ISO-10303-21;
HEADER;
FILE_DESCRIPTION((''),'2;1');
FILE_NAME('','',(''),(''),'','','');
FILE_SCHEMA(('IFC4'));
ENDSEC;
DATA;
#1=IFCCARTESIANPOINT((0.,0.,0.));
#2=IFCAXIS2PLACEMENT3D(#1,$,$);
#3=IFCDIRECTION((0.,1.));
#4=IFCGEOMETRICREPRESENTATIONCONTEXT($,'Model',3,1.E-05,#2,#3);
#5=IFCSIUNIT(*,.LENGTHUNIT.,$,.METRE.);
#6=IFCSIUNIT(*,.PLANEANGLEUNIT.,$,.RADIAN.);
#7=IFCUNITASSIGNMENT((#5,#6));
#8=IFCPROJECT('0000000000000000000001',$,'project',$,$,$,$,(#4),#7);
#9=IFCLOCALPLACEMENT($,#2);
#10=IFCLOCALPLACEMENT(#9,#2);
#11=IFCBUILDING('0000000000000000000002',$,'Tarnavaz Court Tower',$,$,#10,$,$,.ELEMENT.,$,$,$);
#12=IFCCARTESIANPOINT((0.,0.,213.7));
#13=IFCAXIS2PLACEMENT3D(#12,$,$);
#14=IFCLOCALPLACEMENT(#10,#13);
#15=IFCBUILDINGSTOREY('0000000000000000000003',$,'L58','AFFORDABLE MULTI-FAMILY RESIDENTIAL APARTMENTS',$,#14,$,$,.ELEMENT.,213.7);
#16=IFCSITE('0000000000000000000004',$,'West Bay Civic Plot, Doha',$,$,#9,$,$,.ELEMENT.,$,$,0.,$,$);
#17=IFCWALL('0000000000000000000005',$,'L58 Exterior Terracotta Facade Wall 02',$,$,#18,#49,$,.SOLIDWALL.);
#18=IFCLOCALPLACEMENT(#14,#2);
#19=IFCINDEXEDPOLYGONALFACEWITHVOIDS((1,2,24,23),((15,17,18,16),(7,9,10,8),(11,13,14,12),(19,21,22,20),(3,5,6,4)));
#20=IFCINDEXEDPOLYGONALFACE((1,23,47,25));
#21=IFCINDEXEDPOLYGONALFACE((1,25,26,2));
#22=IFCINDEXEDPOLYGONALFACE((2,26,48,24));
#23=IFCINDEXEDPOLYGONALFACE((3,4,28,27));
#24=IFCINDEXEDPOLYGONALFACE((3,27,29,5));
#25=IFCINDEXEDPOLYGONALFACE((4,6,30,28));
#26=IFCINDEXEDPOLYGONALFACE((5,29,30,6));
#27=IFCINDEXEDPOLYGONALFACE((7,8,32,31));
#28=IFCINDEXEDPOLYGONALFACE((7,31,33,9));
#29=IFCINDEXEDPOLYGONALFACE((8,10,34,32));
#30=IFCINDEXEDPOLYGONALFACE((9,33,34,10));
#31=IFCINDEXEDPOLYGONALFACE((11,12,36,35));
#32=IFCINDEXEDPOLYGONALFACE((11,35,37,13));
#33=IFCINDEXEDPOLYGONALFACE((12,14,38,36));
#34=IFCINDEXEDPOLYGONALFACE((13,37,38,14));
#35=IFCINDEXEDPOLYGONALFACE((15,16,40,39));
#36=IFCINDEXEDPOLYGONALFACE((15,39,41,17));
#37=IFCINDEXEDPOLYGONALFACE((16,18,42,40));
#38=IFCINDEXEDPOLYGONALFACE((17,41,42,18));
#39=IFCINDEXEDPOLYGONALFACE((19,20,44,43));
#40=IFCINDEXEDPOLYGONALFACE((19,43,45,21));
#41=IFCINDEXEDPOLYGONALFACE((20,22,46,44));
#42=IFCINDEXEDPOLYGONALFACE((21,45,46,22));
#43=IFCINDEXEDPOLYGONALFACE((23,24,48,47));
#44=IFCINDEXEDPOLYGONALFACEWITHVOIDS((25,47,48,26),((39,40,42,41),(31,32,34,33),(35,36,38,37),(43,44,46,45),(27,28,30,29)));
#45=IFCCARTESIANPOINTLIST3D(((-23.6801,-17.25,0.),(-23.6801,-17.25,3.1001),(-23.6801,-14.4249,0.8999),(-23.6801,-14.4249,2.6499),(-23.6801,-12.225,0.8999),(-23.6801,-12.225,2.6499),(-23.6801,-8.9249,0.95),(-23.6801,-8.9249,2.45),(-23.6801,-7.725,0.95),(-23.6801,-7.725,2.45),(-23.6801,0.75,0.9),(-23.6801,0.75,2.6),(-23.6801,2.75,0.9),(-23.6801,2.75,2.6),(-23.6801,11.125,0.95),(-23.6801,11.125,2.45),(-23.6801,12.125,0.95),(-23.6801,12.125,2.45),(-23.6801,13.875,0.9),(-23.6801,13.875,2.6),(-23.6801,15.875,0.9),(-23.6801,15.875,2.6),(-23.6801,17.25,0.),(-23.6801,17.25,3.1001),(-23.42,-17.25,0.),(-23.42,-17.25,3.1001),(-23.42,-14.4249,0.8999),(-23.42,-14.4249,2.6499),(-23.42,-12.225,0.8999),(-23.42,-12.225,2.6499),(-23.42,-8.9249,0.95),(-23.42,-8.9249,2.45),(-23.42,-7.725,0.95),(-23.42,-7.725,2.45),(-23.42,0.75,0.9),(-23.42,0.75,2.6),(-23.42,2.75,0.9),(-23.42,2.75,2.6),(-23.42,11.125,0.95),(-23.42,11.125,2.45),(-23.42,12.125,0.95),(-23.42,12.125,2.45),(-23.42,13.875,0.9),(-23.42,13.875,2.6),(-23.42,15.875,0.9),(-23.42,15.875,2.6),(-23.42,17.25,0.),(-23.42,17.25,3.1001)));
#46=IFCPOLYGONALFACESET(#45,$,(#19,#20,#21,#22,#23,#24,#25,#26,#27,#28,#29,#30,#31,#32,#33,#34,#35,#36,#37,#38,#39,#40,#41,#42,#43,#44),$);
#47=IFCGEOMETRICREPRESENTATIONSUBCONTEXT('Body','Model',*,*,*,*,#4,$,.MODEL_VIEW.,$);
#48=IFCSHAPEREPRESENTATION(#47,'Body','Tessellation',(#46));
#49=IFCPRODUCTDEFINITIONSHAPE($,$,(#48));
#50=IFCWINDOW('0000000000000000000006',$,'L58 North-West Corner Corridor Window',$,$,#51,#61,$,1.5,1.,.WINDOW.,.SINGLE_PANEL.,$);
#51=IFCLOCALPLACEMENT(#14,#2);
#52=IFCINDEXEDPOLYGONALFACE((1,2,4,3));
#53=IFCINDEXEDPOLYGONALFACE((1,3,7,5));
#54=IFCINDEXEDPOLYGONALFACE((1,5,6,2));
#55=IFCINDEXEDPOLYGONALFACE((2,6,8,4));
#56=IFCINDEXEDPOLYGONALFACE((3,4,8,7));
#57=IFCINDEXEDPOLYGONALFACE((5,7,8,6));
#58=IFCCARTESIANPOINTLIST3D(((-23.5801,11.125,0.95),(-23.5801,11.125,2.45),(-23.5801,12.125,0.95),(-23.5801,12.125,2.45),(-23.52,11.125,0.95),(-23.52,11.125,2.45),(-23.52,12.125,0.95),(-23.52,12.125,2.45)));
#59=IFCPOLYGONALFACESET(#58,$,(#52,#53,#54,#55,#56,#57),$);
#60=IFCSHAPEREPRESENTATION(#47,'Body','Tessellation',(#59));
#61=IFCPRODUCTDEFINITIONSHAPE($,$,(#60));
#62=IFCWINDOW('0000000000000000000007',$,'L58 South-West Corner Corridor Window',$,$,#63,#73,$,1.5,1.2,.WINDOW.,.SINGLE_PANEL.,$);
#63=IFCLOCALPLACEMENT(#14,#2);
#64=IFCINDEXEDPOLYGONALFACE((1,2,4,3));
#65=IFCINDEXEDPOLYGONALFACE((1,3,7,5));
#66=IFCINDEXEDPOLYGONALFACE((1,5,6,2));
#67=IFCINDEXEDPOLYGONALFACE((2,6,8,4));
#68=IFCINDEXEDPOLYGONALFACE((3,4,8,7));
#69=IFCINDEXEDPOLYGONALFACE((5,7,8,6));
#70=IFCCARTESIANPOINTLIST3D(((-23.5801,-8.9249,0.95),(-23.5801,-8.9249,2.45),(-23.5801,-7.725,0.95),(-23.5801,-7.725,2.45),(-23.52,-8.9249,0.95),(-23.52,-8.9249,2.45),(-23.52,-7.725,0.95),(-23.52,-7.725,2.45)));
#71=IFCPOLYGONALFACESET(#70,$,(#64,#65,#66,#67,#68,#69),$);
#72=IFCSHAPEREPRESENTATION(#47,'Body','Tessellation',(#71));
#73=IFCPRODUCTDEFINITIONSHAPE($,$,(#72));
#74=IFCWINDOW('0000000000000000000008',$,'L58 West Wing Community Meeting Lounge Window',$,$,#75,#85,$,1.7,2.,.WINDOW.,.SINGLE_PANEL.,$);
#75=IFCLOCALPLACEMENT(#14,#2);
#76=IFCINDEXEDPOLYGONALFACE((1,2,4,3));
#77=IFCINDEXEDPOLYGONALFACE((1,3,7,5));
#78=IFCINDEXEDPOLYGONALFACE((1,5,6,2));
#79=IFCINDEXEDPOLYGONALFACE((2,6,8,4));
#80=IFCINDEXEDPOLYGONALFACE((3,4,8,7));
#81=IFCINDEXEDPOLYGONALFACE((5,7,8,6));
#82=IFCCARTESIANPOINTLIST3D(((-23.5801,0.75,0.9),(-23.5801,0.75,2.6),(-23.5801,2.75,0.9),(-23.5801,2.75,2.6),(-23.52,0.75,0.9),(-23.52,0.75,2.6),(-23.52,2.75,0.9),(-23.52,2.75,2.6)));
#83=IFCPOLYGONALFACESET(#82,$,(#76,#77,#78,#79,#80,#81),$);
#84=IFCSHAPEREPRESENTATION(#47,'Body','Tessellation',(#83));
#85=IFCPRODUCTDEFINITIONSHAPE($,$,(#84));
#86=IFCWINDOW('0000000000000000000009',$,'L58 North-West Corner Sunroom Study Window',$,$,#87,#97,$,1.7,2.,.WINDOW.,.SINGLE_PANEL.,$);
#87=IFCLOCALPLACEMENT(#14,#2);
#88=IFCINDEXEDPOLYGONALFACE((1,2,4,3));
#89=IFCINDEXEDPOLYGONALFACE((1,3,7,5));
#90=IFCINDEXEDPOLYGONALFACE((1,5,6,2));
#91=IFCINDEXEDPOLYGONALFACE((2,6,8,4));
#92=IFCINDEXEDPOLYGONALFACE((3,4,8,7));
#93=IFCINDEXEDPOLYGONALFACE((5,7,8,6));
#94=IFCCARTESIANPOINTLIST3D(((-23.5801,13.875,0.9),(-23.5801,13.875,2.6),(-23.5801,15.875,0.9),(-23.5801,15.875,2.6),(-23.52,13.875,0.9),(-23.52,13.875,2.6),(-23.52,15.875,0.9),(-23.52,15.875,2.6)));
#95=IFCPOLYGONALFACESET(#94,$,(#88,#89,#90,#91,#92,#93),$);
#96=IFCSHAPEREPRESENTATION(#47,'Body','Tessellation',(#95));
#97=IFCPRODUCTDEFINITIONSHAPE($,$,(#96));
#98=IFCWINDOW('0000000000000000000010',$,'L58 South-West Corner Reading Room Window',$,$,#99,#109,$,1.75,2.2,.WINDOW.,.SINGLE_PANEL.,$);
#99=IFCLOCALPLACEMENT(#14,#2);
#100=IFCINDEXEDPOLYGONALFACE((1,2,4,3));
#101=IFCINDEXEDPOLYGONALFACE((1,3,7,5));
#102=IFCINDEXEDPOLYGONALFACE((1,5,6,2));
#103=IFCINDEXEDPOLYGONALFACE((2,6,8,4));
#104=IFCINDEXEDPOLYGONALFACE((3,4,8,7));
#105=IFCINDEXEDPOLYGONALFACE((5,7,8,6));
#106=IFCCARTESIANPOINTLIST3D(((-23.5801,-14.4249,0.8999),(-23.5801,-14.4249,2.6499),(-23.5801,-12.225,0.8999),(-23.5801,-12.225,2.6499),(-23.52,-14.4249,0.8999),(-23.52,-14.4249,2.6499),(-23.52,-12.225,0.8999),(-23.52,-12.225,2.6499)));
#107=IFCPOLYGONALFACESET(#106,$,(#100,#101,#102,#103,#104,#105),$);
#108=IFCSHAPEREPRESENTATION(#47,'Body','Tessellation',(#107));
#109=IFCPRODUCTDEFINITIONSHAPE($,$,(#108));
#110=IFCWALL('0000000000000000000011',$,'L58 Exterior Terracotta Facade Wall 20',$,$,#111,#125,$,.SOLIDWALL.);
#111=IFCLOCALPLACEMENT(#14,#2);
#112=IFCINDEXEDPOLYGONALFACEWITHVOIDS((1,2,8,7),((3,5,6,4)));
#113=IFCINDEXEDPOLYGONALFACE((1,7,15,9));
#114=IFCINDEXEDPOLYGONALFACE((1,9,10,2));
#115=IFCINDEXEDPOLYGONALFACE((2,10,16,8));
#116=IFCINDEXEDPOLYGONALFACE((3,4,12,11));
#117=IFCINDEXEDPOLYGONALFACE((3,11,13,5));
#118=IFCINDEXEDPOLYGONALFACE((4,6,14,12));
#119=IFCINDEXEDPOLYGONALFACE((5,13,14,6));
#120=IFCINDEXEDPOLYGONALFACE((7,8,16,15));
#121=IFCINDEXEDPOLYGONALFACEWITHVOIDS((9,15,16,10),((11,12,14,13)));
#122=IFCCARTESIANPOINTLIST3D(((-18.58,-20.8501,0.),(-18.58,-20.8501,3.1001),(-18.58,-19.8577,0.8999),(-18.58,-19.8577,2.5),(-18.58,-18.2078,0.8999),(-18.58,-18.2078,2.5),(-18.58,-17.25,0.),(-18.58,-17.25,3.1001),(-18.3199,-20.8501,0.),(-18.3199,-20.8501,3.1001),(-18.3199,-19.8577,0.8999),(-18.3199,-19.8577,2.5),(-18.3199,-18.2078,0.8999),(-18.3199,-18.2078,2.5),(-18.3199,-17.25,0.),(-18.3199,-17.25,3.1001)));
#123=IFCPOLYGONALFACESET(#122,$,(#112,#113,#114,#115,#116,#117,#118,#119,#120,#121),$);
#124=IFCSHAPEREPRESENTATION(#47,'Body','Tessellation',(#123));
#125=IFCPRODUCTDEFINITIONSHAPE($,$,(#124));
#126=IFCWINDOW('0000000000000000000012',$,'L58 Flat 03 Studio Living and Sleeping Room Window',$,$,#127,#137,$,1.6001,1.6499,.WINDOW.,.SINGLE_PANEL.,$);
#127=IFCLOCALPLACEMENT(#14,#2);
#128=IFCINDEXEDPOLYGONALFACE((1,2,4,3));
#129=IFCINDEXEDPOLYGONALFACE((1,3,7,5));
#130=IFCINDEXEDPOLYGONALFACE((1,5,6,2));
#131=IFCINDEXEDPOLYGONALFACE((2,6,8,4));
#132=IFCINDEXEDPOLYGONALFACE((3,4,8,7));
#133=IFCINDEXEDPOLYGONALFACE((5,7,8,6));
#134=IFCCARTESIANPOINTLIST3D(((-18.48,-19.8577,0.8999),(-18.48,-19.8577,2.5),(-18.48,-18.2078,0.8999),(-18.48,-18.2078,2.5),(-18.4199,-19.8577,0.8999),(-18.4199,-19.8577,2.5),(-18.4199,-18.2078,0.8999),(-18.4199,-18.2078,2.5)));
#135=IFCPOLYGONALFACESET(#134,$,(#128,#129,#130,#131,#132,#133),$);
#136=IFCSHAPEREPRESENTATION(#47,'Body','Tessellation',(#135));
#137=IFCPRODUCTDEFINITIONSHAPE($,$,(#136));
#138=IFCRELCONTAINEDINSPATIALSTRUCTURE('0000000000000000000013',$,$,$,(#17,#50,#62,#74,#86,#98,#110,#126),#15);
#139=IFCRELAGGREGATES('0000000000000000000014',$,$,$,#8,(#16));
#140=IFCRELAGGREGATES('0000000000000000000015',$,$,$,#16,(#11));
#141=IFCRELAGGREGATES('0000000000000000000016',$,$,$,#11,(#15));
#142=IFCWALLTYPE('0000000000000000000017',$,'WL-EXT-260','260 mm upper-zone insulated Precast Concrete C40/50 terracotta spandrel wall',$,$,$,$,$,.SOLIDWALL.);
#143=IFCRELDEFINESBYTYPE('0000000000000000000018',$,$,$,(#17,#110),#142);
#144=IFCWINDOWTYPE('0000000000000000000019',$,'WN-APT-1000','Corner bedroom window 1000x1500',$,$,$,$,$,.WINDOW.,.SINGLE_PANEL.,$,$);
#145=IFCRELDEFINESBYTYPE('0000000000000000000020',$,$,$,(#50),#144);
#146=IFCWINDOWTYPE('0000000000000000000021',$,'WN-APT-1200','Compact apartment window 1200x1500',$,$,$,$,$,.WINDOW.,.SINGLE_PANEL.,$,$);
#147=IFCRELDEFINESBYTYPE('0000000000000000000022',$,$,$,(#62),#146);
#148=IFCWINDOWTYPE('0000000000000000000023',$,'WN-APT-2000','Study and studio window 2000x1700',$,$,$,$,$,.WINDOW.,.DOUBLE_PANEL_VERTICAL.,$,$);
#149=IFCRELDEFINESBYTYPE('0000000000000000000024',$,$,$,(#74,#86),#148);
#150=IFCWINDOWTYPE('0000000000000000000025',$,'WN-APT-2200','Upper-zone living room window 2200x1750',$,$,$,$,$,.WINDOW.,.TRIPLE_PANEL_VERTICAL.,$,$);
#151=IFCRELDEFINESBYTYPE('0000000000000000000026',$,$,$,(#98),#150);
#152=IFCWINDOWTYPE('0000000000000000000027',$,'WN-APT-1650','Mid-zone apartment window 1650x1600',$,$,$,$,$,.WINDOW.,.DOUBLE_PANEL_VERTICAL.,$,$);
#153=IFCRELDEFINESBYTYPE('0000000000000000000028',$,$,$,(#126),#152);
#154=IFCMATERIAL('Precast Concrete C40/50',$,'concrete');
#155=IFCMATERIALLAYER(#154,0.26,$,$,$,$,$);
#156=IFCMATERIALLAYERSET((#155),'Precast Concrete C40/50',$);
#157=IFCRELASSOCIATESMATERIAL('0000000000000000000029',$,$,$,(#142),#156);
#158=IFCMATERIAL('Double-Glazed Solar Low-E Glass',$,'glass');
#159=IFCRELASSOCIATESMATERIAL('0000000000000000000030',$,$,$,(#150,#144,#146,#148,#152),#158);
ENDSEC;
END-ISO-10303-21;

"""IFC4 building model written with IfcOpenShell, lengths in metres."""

from ifc_helpers import new_model, si_unit, direction, frame, frame_2d, origin, place, context, subcontext, project, spatial, rectangle, extrude, material, layer, layer_set, type_object, element, fill, save


model = new_model("IFC4")

# Units and contexts
model_context = context("Model", 3, precision=1e-05, world=origin(), true_north=direction((0.0, 1.0)))
body_context = subcontext(model_context, "Body", "Model", "MODEL_VIEW")
ifc_project = project(units=[si_unit("LENGTHUNIT", "METRE"), si_unit("PLANEANGLEUNIT", "RADIAN")], contexts=[model_context])

# Site, building, storey
site_placement = place(None, origin())
site = spatial("IfcSite", under=ifc_project, at=site_placement, Name="West Bay Civic Plot, Doha", CompositionType="ELEMENT", RefElevation=0.0)
building_placement = place(site_placement, origin())
building = spatial("IfcBuilding", under=site, at=building_placement, Name="Tarnavaz Court Tower", CompositionType="ELEMENT")
storey_placement = place(building_placement, frame((0.0, 0.0, 213.7)))
storey = spatial("IfcBuildingStorey", under=building, at=storey_placement, Name="L58", Description="AFFORDABLE MULTI-FAMILY RESIDENTIAL APARTMENTS", CompositionType="ELEMENT", Elevation=213.7)

# Shared definitions
ifc_material_1 = material(Name="Precast Concrete C40/50", Category="concrete")
ifc_layer_1 = layer(ifc_material_1, 0.26)
ifc_layer_set_1 = layer_set([ifc_layer_1], Name="Precast Concrete C40/50")
wall_type_1 = type_object("IfcWallType", Name="WL-EXT-260", Description="260 mm upper-zone insulated Precast Concrete C40/50 terracotta spandrel wall", PredefinedType="SOLIDWALL", material=ifc_layer_set_1)
ifc_material_2 = material(Name="Double-Glazed Solar Low-E Glass", Category="glass")
window_type_1 = type_object("IfcWindowType", Name="WN-APT-2200", Description="Upper-zone living room window 2200x1750", PartitioningType="TRIPLE_PANEL_VERTICAL", PredefinedType="WINDOW", material=ifc_material_2)

# Wall, openings, windows
wall_1_placement = place(storey_placement, frame((-23.55, -17.25, 0.0), z_axis=(0.0, 0.0, 1.0), x_axis=(0.0, 1.0, 0.0)))
wall_1 = element("IfcWall", 1, at=wall_1_placement, inside=storey, type_object=wall_type_1, Name="L58 Exterior Terracotta Facade Wall 02", PredefinedType="SOLIDWALL", context=body_context, shape_type="SweptSolid", body=[
    extrude(rectangle(XDim=34.5, YDim=0.26, at=frame_2d((17.25, 0.0))), origin(), (0.0, 0.0, 1.0), 3.1001),
])
opening_1_placement = place(wall_1_placement, frame((2.825, 0.0, 0.8999)))
opening_1 = element("IfcOpeningElement", 2, at=opening_1_placement, cuts=wall_1, PredefinedType="OPENING", context=body_context, shape_type="SweptSolid", body=[
    extrude(rectangle(XDim=2.2, YDim=1.75, at=frame_2d((1.1001, 0.875))), frame((0.0, 0.1399, 0.0), z_axis=(0.0, -1.0, 0.0), x_axis=(1.0, 0.0, 0.0)), (0.0, 0.0, 1.0), 0.28),
])
opening_2_placement = place(wall_1_placement, frame((8.325, 0.0, 0.95)))
opening_2 = element("IfcOpeningElement", 3, at=opening_2_placement, cuts=wall_1, PredefinedType="OPENING", context=body_context, shape_type="SweptSolid", body=[
    extrude(rectangle(XDim=1.2, YDim=1.5, at=frame_2d((0.6001, 0.75))), frame((0.0, 0.1399, 0.0), z_axis=(0.0, -1.0, 0.0), x_axis=(1.0, 0.0, 0.0)), (0.0, 0.0, 1.0), 0.28),
])
opening_3_placement = place(wall_1_placement, frame((18.0, 0.0, 0.8999)))
opening_3 = element("IfcOpeningElement", 4, at=opening_3_placement, cuts=wall_1, PredefinedType="OPENING", context=body_context, shape_type="SweptSolid", body=[
    extrude(rectangle(XDim=2.0, YDim=1.7, at=frame_2d((1.0, 0.8501))), frame((0.0, 0.1399, 0.0), z_axis=(0.0, -1.0, 0.0), x_axis=(1.0, 0.0, 0.0)), (0.0, 0.0, 1.0), 0.28),
])
opening_4_placement = place(wall_1_placement, frame((28.375, 0.0, 0.95)))
opening_4 = element("IfcOpeningElement", 5, at=opening_4_placement, cuts=wall_1, PredefinedType="OPENING", context=body_context, shape_type="SweptSolid", body=[
    extrude(rectangle(XDim=1.0, YDim=1.5, at=frame_2d((0.5, 0.75))), frame((0.0, 0.1399, 0.0), z_axis=(0.0, -1.0, 0.0), x_axis=(1.0, 0.0, 0.0)), (0.0, 0.0, 1.0), 0.28),
])
opening_5_placement = place(wall_1_placement, frame((31.125, 0.0, 0.8999)))
opening_5 = element("IfcOpeningElement", 6, at=opening_5_placement, cuts=wall_1, PredefinedType="OPENING", context=body_context, shape_type="SweptSolid", body=[
    extrude(rectangle(XDim=2.0, YDim=1.7, at=frame_2d((1.0, 0.8501))), frame((0.0, 0.1399, 0.0), z_axis=(0.0, -1.0, 0.0), x_axis=(1.0, 0.0, 0.0)), (0.0, 0.0, 1.0), 0.28),
])
window_type_2 = type_object("IfcWindowType", Name="WN-APT-1000", Description="Corner bedroom window 1000x1500", PartitioningType="SINGLE_PANEL", PredefinedType="WINDOW", material=ifc_material_2)
window_1_placement = place(opening_4_placement, origin())
window_1 = element("IfcWindow", 7, at=window_1_placement, inside=storey, type_object=window_type_2, Name="L58 North-West Corner Corridor Window", OverallHeight=1.5, OverallWidth=1.0, PartitioningType="SINGLE_PANEL", PredefinedType="WINDOW", context=body_context, shape_type="SweptSolid", body=[
    extrude(rectangle(XDim=1.0, YDim=1.5, at=frame_2d((0.5, 0.75))), frame((0.0, 0.03, 0.0), z_axis=(0.0, -1.0, 0.0), x_axis=(1.0, 0.0, 0.0)), (0.0, 0.0, 1.0), 0.0601),
])
fill(opening_4, window_1)
window_type_3 = type_object("IfcWindowType", Name="WN-APT-1200", Description="Compact apartment window 1200x1500", PartitioningType="SINGLE_PANEL", PredefinedType="WINDOW", material=ifc_material_2)
window_2_placement = place(opening_2_placement, origin())
window_2 = element("IfcWindow", 8, at=window_2_placement, inside=storey, type_object=window_type_3, Name="L58 South-West Corner Corridor Window", OverallHeight=1.5, OverallWidth=1.2, PartitioningType="SINGLE_PANEL", PredefinedType="WINDOW", context=body_context, shape_type="SweptSolid", body=[
    extrude(rectangle(XDim=1.2, YDim=1.5, at=frame_2d((0.6001, 0.75))), frame((0.0, 0.03, 0.0), z_axis=(0.0, -1.0, 0.0), x_axis=(1.0, 0.0, 0.0)), (0.0, 0.0, 1.0), 0.0601),
])
fill(opening_2, window_2)
window_type_4 = type_object("IfcWindowType", Name="WN-APT-2000", Description="Study and studio window 2000x1700", PartitioningType="DOUBLE_PANEL_VERTICAL", PredefinedType="WINDOW", material=ifc_material_2)
window_3_placement = place(opening_3_placement, origin())
window_3 = element("IfcWindow", 9, at=window_3_placement, inside=storey, type_object=window_type_4, Name="L58 West Wing Community Meeting Lounge Window", OverallHeight=1.7, OverallWidth=2.0, PartitioningType="SINGLE_PANEL", PredefinedType="WINDOW", context=body_context, shape_type="SweptSolid", body=[
    extrude(rectangle(XDim=2.0, YDim=1.7, at=frame_2d((1.0, 0.8501))), frame((0.0, 0.03, 0.0), z_axis=(0.0, -1.0, 0.0), x_axis=(1.0, 0.0, 0.0)), (0.0, 0.0, 1.0), 0.0601),
])
fill(opening_3, window_3)
window_4_placement = place(opening_5_placement, origin())
window_4 = element("IfcWindow", 10, at=window_4_placement, inside=storey, type_object=window_type_4, Name="L58 North-West Corner Sunroom Study Window", OverallHeight=1.7, OverallWidth=2.0, PartitioningType="SINGLE_PANEL", PredefinedType="WINDOW", context=body_context, shape_type="SweptSolid", body=[
    extrude(rectangle(XDim=2.0, YDim=1.7, at=frame_2d((1.0, 0.8501))), frame((0.0, 0.03, 0.0), z_axis=(0.0, -1.0, 0.0), x_axis=(1.0, 0.0, 0.0)), (0.0, 0.0, 1.0), 0.0601),
])
fill(opening_5, window_4)
window_5_placement = place(opening_1_placement, origin())
window_5 = element("IfcWindow", 11, at=window_5_placement, inside=storey, type_object=window_type_1, Name="L58 South-West Corner Reading Room Window", OverallHeight=1.75, OverallWidth=2.2, PartitioningType="SINGLE_PANEL", PredefinedType="WINDOW", context=body_context, shape_type="SweptSolid", body=[
    extrude(rectangle(XDim=2.2, YDim=1.75, at=frame_2d((1.1001, 0.875))), frame((0.0, 0.03, 0.0), z_axis=(0.0, -1.0, 0.0), x_axis=(1.0, 0.0, 0.0)), (0.0, 0.0, 1.0), 0.0601),
])
fill(opening_1, window_5)

# Wall, opening, window
wall_2_placement = place(storey_placement, frame((-18.45, -20.8501, 0.0), z_axis=(0.0, 0.0, 1.0), x_axis=(0.0, 1.0, 0.0)))
wall_2 = element("IfcWall", 12, at=wall_2_placement, inside=storey, type_object=wall_type_1, Name="L58 Exterior Terracotta Facade Wall 20", PredefinedType="SOLIDWALL", context=body_context, shape_type="SweptSolid", body=[
    extrude(rectangle(XDim=3.6001, YDim=0.26, at=frame_2d((1.8, 0.0))), origin(), (0.0, 0.0, 1.0), 3.1001),
])
opening_6_placement = place(wall_2_placement, frame((0.9924, 0.0, 0.8999)))
opening_6 = element("IfcOpeningElement", 13, at=opening_6_placement, cuts=wall_2, PredefinedType="OPENING", context=body_context, shape_type="SweptSolid", body=[
    extrude(rectangle(XDim=1.6499, YDim=1.6001, at=frame_2d((0.825, 0.8))), frame((0.0, 0.1399, 0.0), z_axis=(0.0, -1.0, 0.0), x_axis=(1.0, 0.0, 0.0)), (0.0, 0.0, 1.0), 0.28),
])
window_type_5 = type_object("IfcWindowType", Name="WN-APT-1650", Description="Mid-zone apartment window 1650x1600", PartitioningType="DOUBLE_PANEL_VERTICAL", PredefinedType="WINDOW", material=ifc_material_2)
window_6_placement = place(opening_6_placement, origin())
window_6 = element("IfcWindow", 14, at=window_6_placement, inside=storey, type_object=window_type_5, Name="L58 Flat 03 Studio Living and Sleeping Room Window", OverallHeight=1.6001, OverallWidth=1.6499, PartitioningType="SINGLE_PANEL", PredefinedType="WINDOW", context=body_context, shape_type="SweptSolid", body=[
    extrude(rectangle(XDim=1.6499, YDim=1.6001, at=frame_2d((0.825, 0.8))), frame((0.0, 0.03, 0.0), z_axis=(0.0, -1.0, 0.0), x_axis=(1.0, 0.0, 0.0)), (0.0, 0.0, 1.0), 0.0601),
])
fill(opening_6, window_6)

save(model, "model.ifc")
